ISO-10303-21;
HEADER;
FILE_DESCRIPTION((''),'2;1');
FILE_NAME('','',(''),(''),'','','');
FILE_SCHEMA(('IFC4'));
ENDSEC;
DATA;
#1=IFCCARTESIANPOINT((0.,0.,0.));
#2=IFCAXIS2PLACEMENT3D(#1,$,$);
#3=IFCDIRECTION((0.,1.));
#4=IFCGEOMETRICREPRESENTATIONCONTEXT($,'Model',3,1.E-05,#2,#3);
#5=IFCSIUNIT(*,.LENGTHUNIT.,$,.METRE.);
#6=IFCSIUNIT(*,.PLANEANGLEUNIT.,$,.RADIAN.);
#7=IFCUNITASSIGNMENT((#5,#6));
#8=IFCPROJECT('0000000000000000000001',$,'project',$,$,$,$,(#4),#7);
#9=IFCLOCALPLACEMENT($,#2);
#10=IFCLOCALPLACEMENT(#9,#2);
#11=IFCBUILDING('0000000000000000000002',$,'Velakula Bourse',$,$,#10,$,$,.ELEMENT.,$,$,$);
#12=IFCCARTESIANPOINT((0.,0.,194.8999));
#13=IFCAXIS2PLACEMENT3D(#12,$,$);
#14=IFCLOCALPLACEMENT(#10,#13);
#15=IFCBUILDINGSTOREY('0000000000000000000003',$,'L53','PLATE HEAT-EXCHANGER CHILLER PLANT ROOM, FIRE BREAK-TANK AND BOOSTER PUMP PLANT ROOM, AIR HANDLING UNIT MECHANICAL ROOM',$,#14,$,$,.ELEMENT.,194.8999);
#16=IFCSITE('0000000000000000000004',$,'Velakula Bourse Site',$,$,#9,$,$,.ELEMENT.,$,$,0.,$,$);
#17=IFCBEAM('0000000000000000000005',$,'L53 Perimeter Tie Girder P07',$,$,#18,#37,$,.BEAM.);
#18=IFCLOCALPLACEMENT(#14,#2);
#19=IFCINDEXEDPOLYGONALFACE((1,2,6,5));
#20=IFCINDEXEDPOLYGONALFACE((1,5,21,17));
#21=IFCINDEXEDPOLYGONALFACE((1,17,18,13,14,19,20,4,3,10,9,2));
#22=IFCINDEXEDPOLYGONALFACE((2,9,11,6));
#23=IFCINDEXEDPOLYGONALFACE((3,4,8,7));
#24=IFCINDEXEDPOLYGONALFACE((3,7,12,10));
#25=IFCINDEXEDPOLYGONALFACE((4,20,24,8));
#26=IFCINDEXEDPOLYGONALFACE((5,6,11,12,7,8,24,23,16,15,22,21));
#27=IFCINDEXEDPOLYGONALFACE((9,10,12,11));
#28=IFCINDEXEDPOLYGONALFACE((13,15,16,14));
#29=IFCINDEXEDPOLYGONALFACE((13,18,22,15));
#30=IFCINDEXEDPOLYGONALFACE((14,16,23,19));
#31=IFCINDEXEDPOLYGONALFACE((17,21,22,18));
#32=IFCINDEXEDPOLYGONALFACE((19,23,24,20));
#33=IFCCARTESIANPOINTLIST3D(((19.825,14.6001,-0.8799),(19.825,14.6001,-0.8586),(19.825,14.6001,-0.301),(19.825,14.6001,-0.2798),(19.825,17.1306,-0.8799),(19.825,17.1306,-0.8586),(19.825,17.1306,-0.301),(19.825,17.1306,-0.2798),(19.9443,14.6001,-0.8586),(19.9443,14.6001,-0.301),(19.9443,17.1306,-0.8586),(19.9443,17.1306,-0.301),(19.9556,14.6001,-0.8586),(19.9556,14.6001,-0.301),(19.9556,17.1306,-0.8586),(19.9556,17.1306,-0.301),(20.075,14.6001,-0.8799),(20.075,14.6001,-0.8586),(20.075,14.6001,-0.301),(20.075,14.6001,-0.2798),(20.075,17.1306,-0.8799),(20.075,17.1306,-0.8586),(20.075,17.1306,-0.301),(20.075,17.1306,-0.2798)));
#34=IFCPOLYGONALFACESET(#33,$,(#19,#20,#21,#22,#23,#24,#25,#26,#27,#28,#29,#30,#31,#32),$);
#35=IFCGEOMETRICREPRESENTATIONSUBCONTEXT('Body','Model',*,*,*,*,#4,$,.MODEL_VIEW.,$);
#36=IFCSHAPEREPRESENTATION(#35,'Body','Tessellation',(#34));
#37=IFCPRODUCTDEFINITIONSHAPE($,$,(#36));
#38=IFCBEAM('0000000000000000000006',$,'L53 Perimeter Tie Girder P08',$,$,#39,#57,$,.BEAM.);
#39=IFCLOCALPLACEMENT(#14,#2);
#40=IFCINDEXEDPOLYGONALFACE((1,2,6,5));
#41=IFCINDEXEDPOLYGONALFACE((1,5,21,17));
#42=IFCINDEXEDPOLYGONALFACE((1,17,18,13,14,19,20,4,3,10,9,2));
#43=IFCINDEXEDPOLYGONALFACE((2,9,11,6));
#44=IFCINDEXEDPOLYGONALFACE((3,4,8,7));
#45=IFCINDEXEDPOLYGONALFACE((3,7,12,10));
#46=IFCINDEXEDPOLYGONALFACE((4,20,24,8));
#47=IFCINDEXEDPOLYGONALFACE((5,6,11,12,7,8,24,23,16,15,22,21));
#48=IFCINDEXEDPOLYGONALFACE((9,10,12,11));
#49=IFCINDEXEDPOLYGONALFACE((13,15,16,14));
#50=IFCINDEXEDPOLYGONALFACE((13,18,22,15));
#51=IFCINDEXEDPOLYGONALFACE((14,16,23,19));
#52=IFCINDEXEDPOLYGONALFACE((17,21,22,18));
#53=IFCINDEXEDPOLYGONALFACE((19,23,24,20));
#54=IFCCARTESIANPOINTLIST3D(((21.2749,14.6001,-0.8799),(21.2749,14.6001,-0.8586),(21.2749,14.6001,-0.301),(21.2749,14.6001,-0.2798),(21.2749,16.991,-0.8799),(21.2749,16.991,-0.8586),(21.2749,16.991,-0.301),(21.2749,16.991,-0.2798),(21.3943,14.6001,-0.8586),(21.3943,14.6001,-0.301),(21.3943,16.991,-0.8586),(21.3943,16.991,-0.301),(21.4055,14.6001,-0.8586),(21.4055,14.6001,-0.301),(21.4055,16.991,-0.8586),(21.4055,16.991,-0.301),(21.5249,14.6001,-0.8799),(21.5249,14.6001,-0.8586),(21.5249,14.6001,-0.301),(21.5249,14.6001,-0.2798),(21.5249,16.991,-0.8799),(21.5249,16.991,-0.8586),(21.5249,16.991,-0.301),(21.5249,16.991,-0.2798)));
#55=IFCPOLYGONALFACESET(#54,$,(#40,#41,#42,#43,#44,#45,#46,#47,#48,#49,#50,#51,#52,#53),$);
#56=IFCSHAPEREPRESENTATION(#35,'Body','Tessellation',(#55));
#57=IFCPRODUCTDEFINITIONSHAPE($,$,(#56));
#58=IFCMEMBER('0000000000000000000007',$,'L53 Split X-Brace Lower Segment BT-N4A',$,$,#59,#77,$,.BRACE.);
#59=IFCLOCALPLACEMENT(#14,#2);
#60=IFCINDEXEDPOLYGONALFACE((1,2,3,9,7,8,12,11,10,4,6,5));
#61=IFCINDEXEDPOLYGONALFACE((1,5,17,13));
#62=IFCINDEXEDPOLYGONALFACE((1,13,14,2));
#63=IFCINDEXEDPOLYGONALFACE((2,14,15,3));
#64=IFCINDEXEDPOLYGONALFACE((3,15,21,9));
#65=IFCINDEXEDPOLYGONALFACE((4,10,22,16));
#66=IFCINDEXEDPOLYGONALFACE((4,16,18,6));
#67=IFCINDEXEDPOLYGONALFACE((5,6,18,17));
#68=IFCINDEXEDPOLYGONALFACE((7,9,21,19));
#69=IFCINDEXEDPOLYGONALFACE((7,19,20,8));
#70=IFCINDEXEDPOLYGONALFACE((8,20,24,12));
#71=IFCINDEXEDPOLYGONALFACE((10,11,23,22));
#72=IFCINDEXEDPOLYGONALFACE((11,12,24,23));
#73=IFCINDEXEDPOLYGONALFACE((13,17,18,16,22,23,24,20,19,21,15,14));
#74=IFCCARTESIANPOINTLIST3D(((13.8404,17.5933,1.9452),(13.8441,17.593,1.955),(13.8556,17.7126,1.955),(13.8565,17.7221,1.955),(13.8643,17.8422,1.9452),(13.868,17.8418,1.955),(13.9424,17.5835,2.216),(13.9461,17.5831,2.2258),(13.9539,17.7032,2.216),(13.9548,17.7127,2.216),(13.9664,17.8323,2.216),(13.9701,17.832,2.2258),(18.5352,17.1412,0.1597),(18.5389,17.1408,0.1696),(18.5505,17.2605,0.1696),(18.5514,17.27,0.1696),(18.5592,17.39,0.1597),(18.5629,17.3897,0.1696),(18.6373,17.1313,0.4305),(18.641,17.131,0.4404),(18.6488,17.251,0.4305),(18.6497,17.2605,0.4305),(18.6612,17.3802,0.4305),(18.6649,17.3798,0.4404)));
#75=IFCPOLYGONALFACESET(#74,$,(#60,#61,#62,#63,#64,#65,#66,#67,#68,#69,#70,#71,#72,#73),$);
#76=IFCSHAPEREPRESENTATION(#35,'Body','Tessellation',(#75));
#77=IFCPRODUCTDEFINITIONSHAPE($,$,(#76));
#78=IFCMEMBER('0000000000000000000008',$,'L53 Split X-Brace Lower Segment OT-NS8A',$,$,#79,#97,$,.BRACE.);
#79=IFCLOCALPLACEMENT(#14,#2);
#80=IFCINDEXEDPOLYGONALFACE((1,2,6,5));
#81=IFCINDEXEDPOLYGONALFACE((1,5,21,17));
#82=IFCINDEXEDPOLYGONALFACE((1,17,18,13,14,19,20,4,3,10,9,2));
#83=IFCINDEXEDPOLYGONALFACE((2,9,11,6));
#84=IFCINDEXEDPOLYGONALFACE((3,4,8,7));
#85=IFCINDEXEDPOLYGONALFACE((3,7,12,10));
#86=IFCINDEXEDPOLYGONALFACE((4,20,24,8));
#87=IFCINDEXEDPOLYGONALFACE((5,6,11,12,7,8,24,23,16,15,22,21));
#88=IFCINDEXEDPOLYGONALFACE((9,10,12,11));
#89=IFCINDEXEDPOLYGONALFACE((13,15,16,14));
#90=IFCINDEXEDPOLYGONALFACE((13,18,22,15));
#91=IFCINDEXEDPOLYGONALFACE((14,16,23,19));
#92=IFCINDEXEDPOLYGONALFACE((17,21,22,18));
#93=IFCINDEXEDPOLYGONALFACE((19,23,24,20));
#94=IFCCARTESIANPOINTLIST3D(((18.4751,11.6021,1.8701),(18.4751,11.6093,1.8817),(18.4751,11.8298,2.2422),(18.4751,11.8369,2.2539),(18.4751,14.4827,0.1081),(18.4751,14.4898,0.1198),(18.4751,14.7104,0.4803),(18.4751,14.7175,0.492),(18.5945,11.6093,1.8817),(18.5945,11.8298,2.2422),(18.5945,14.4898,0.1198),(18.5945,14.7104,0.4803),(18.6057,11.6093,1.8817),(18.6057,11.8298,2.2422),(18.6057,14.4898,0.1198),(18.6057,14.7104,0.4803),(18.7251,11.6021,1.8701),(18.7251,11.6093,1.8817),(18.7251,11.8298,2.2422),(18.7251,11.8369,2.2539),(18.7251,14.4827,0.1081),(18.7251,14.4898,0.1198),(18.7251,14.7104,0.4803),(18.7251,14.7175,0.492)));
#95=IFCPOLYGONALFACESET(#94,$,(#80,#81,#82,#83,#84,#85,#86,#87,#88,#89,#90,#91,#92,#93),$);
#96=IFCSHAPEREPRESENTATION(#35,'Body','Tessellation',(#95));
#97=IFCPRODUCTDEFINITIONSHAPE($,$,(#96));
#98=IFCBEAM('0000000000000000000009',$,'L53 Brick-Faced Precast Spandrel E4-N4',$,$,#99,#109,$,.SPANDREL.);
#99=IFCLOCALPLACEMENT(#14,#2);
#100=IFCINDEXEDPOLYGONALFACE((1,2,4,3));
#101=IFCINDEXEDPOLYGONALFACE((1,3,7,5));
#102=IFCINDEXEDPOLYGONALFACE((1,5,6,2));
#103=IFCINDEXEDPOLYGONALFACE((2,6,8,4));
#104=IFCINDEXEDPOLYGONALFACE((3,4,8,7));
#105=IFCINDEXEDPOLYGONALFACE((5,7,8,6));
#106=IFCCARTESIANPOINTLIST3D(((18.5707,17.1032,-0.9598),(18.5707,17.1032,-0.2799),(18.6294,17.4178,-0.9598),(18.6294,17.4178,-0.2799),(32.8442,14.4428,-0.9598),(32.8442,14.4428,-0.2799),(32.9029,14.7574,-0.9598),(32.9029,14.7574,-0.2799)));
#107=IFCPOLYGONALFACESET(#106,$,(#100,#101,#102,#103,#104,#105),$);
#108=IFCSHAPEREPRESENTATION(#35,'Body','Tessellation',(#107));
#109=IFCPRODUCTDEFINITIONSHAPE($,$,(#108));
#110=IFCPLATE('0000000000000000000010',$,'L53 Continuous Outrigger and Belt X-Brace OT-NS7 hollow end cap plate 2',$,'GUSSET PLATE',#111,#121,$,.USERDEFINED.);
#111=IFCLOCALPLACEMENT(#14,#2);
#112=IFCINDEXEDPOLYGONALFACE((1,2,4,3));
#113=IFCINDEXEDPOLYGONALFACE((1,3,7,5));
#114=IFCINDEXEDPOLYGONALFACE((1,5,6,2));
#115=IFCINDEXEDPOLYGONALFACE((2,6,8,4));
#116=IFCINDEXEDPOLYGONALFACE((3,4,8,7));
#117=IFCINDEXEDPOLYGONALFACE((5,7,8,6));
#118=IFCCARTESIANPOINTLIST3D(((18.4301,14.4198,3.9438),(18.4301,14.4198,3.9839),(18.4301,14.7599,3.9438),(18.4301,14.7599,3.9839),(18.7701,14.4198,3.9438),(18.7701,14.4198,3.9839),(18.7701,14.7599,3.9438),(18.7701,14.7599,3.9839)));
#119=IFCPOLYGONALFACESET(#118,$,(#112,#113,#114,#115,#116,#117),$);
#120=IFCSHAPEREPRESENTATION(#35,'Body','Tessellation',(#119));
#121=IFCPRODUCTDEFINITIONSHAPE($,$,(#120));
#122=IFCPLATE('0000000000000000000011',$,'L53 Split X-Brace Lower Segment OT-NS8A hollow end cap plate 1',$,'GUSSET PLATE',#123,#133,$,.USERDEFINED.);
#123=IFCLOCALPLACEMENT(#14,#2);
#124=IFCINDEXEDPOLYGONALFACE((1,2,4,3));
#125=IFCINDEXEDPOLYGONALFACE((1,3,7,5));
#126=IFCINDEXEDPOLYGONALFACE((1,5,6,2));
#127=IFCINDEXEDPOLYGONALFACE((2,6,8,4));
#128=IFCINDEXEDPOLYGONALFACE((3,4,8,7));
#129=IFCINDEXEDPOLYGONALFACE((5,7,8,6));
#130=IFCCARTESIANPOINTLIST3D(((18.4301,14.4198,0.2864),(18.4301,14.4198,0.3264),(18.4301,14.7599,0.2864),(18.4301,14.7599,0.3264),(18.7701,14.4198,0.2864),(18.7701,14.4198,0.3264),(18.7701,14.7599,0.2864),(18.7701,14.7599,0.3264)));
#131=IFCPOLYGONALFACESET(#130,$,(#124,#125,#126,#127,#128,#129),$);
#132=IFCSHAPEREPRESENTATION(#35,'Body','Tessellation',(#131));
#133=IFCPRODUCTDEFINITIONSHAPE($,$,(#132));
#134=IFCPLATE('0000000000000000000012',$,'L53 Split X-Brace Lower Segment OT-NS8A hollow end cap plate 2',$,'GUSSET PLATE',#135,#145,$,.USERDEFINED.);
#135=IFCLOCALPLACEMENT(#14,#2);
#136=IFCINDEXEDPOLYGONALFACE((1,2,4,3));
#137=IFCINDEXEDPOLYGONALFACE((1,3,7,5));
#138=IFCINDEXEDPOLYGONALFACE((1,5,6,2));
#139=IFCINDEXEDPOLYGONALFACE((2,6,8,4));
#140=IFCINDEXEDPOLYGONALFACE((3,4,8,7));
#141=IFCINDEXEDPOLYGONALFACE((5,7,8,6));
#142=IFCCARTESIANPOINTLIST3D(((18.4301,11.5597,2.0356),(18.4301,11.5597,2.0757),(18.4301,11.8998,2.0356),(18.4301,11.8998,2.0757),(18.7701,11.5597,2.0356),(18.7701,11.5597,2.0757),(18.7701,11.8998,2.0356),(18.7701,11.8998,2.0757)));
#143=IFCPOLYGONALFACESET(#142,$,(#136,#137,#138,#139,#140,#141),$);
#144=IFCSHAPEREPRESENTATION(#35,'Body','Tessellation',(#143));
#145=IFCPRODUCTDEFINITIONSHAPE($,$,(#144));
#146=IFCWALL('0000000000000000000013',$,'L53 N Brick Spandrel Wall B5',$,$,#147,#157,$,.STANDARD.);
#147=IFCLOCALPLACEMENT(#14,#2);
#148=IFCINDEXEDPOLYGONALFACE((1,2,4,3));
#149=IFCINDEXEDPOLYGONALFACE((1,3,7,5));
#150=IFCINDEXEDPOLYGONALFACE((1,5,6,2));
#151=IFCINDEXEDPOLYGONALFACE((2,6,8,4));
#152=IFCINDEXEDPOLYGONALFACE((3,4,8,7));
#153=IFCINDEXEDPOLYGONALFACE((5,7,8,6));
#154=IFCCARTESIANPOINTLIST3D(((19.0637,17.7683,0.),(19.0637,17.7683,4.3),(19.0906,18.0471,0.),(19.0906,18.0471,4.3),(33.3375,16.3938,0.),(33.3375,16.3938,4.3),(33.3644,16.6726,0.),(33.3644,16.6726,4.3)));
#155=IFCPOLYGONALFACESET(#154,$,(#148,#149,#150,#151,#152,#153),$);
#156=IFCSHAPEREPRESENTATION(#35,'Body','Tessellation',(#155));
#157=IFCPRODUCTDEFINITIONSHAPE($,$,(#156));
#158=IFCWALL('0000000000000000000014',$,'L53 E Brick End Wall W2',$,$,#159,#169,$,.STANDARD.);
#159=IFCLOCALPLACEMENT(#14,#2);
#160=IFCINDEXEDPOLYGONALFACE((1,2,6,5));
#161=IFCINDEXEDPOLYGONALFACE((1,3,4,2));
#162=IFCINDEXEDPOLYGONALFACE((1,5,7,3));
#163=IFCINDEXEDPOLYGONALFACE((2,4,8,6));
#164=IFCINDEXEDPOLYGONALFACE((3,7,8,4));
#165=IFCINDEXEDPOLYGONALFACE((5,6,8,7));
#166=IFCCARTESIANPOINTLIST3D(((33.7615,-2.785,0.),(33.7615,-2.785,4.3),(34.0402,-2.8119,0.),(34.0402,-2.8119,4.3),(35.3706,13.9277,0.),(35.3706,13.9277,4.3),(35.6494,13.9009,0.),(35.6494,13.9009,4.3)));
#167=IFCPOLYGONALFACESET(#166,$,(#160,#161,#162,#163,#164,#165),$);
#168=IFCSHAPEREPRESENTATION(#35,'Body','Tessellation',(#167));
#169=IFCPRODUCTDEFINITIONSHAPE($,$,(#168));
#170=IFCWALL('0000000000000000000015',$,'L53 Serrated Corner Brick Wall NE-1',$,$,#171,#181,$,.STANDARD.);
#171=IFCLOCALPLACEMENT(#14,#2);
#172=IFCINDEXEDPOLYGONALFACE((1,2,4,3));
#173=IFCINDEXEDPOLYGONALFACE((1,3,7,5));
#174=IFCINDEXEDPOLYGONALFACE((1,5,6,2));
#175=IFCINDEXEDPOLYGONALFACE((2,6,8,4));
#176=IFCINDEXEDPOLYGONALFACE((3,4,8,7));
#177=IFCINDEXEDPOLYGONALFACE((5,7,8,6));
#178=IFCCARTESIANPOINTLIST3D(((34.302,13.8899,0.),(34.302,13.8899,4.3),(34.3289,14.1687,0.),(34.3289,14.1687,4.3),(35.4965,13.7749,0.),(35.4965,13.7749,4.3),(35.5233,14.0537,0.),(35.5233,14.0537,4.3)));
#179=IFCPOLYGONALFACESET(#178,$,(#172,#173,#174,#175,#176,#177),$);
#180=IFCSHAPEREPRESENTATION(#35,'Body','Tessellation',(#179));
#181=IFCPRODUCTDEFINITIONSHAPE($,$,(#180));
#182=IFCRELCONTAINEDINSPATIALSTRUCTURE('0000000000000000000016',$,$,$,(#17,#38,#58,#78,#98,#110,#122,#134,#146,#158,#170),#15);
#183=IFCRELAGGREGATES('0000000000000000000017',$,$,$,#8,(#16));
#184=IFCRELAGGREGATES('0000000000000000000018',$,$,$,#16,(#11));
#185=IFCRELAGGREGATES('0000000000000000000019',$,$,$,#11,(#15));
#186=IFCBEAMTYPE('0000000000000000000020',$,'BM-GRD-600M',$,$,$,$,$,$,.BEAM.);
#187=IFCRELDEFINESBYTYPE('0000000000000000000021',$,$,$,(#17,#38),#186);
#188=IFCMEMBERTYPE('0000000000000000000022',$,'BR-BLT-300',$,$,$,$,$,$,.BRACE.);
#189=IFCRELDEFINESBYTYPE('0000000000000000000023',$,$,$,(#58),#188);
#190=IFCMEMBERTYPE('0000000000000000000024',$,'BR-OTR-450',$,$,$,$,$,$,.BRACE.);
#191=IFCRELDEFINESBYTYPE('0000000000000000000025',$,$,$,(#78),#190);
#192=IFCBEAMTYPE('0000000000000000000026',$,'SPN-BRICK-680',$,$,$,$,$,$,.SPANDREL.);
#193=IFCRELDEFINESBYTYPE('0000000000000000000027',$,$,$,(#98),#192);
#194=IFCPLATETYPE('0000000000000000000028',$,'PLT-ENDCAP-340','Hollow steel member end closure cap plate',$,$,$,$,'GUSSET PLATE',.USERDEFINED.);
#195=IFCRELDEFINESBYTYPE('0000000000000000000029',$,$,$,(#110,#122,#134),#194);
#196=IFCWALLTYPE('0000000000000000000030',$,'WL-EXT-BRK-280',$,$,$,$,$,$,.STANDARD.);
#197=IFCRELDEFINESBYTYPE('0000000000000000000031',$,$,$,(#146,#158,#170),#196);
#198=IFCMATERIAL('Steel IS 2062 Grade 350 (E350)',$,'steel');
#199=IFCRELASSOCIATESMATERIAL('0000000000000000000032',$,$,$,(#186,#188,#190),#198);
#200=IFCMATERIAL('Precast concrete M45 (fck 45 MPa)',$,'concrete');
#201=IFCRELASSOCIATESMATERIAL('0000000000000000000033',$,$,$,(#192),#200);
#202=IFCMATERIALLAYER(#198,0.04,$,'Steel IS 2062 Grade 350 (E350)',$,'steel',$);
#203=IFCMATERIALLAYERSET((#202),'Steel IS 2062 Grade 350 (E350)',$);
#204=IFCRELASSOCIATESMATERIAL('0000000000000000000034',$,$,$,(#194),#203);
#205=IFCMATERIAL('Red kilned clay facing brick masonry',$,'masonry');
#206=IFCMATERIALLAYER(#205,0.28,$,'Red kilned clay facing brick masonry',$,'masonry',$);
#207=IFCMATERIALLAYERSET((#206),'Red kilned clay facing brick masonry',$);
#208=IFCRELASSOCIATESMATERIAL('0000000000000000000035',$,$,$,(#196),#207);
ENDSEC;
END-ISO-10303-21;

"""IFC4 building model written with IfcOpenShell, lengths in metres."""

from ifc_helpers import new_model, si_unit, direction, frame, frame_2d, origin, origin_2d, place, context, subcontext, project, spatial, rectangle, i_section, extrude, material, layer, layer_set, material_profile, profile_set, type_object, element, save


model = new_model("IFC4")

# Units and contexts
model_context = context("Model", 3, precision=1e-05, world=origin(), true_north=direction((0.0, 1.0)))
body_context = subcontext(model_context, "Body", "Model", "MODEL_VIEW")
ifc_project = project(units=[si_unit("LENGTHUNIT", "METRE"), si_unit("PLANEANGLEUNIT", "RADIAN")], contexts=[model_context])

# Site, building, storey
site_placement = place(None, origin())
site = spatial("IfcSite", under=ifc_project, at=site_placement, Name="Velakula Bourse Site", CompositionType="ELEMENT", RefElevation=0.0)
building_placement = place(site_placement, origin())
building = spatial("IfcBuilding", under=site, at=building_placement, Name="Velakula Bourse", CompositionType="ELEMENT")
storey_placement = place(building_placement, frame((0.0, 0.0, 194.8999)))
storey = spatial("IfcBuildingStorey", under=building, at=storey_placement, Name="L53", Description="PLATE HEAT-EXCHANGER CHILLER PLANT ROOM, FIRE BREAK-TANK AND BOOSTER PUMP PLANT ROOM, AIR HANDLING UNIT MECHANICAL ROOM", CompositionType="ELEMENT", Elevation=194.8999)

# Shared definitions
ifc_material_1 = material(Name="Steel IS 2062 Grade 350 (E350)", Category="steel")
ifc_material_2 = material(Name="Precast concrete M45 (fck 45 MPa)", Category="concrete")

# Beams
ifc_material_profile_1 = material_profile(ifc_material_1, i_section(OverallWidth=0.25, OverallDepth=0.6001, WebThickness=0.0112, FlangeThickness=0.0212, at=origin_2d()), Name="Steel IS 2062 Grade 350 (E350)")
ifc_profile_set_1 = profile_set([ifc_material_profile_1], Name="Steel IS 2062 Grade 350 (E350)")
beam_type_1 = type_object("IfcBeamType", Name="BM-GRD-600M", PredefinedType="BEAM", material=ifc_profile_set_1)
beam_1_placement = place(storey_placement, frame((19.95, 14.6001, -0.5798), z_axis=(0.0, 1.0, 0.0), x_axis=(-1.0, 0.0, 0.0)))
element("IfcBeam", 1, at=beam_1_placement, inside=storey, type_object=beam_type_1, Name="L53 Perimeter Tie Girder P07", PredefinedType="BEAM", context=body_context, shape_type="SweptSolid", body=[
    extrude(i_section(OverallWidth=0.25, OverallDepth=0.6001, WebThickness=0.0112, FlangeThickness=0.0212, at=origin_2d()), origin(), (0.0, 0.0, 1.0), 2.5305),
])
beam_2_placement = place(storey_placement, frame((21.3999, 14.6001, -0.5798), z_axis=(0.0, 1.0, 0.0), x_axis=(-1.0, 0.0, 0.0)))
element("IfcBeam", 2, at=beam_2_placement, inside=storey, type_object=beam_type_1, Name="L53 Perimeter Tie Girder P08", PredefinedType="BEAM", context=body_context, shape_type="SweptSolid", body=[
    extrude(i_section(OverallWidth=0.25, OverallDepth=0.6001, WebThickness=0.0112, FlangeThickness=0.0212, at=origin_2d()), origin(), (0.0, 0.0, 1.0), 2.3909),
])

# Members
ifc_material_profile_2 = material_profile(ifc_material_1, i_section(OverallWidth=0.25, OverallDepth=0.3, WebThickness=0.0095, FlangeThickness=0.0105, at=origin_2d()), Name="Steel IS 2062 Grade 350 (E350)")
ifc_profile_set_2 = profile_set([ifc_material_profile_2], Name="Steel IS 2062 Grade 350 (E350)")
member_type_1 = type_object("IfcMemberType", Name="BR-BLT-300", PredefinedType="BRACE", material=ifc_profile_set_2)
member_1_placement = place(storey_placement, frame((18.6001, 17.2605, 0.3), z_axis=(-0.930929, 0.089656, 0.354024), x_axis=(-0.095864, -0.995394, 0.0)))
element("IfcMember", 3, at=member_1_placement, inside=storey, type_object=member_type_1, Name="L53 Split X-Brace Lower Segment BT-N4A", PredefinedType="BRACE", context=body_context, shape_type="SweptSolid", body=[
    extrude(i_section(OverallWidth=0.25, OverallDepth=0.3, WebThickness=0.0095, FlangeThickness=0.0105, at=origin_2d()), origin(), (0.0, 0.0, 1.0), 5.0432),
])
ifc_material_profile_3 = material_profile(ifc_material_1, i_section(OverallWidth=0.25, OverallDepth=0.45, WebThickness=0.0112, FlangeThickness=0.0137, at=origin_2d()), Name="Steel IS 2062 Grade 350 (E350)")
ifc_profile_set_3 = profile_set([ifc_material_profile_3], Name="Steel IS 2062 Grade 350 (E350)")
member_type_2 = type_object("IfcMemberType", Name="BR-OTR-450", PredefinedType="BRACE", material=ifc_profile_set_3)
member_2_placement = place(storey_placement, frame((18.6001, 14.6001, 0.3), z_axis=(0.0, -0.853073, 0.521792), x_axis=(1.0, 0.0, 0.0)))
element("IfcMember", 4, at=member_2_placement, inside=storey, type_object=member_type_2, Name="L53 Split X-Brace Lower Segment OT-NS8A", PredefinedType="BRACE", context=body_context, shape_type="SweptSolid", body=[
    extrude(i_section(OverallWidth=0.25, OverallDepth=0.45, WebThickness=0.0112, FlangeThickness=0.0137, at=origin_2d()), origin(), (0.0, 0.0, 1.0), 3.3767),
])

# Beam
ifc_material_profile_4 = material_profile(ifc_material_2, rectangle(XDim=0.3201, YDim=0.6799, at=origin_2d()), Name="Precast concrete M45 (fck 45 MPa)")
ifc_profile_set_4 = profile_set([ifc_material_profile_4], Name="Precast concrete M45 (fck 45 MPa)")
beam_type_2 = type_object("IfcBeamType", Name="SPN-BRICK-680", PredefinedType="SPANDREL", material=ifc_profile_set_4)
beam_3_placement = place(storey_placement, frame((32.8735, 14.6001, -0.6199), z_axis=(-0.98307, 0.183233, 0.0), x_axis=(-0.183233, -0.98307, 0.0)))
element("IfcBeam", 5, at=beam_3_placement, inside=storey, type_object=beam_type_2, Name="L53 Brick-Faced Precast Spandrel E4-N4", PredefinedType="SPANDREL", context=body_context, shape_type="SweptSolid", body=[
    extrude(rectangle(XDim=0.3201, YDim=0.6799, at=origin_2d()), origin(), (0.0, 0.0, 1.0), 14.5193),
])

# Plates
ifc_layer_1 = layer(ifc_material_1, 0.04, Name="Steel IS 2062 Grade 350 (E350)", Category="steel")
ifc_layer_set_1 = layer_set([ifc_layer_1], Name="Steel IS 2062 Grade 350 (E350)")
plate_type = type_object("IfcPlateType", Name="PLT-ENDCAP-340", Description="Hollow steel member end closure cap plate", ElementType="GUSSET PLATE", PredefinedType="USERDEFINED", material=ifc_layer_set_1)
for number, where, z_axis, x_axis, name in (
    (6, (18.6001, 14.5898, 3.9438), (0.0, 0.0, 1.0), (0.0, 1.0, 0.0), "L53 Continuous Outrigger and Belt X-Brace OT-NS7 hollow end cap plate 2"),
    (7, (18.6001, 14.5898, 0.2864), (0.0, 0.0, 1.0), (0.0, -1.0, 0.0), "L53 Split X-Brace Lower Segment OT-NS8A hollow end cap plate 1"),
    (8, (18.6001, 11.7297, 2.0356), (0.0, 0.0, 1.0), (0.0, -1.0, 0.0), "L53 Split X-Brace Lower Segment OT-NS8A hollow end cap plate 2"),
):
    element("IfcPlate", number, at=place(storey_placement, frame(where, z_axis=z_axis, x_axis=x_axis)), inside=storey, type_object=plate_type, Name=name, ObjectType="GUSSET PLATE", PredefinedType="USERDEFINED", context=body_context, shape_type="SweptSolid", body=[
        extrude(rectangle(XDim=0.3401, YDim=0.3401, at=origin_2d()), origin(), (0.0, 0.0, 1.0), 0.04),
    ])

# Walls
ifc_material_3 = material(Name="Red kilned clay facing brick masonry", Category="masonry")
ifc_layer_2 = layer(ifc_material_3, 0.28, Name="Red kilned clay facing brick masonry", Category="masonry")
ifc_layer_set_2 = layer_set([ifc_layer_2], Name="Red kilned clay facing brick masonry")
wall_type = type_object("IfcWallType", Name="WL-EXT-BRK-280", PredefinedType="STANDARD", material=ifc_layer_set_2)
wall_1_placement = place(storey_placement, frame((19.0771, 17.9077, 0.0), z_axis=(0.0, 0.0, 1.0), x_axis=(0.995396, -0.095852, 0.0)))
element("IfcWall", 9, at=wall_1_placement, inside=storey, type_object=wall_type, Name="L53 N Brick Spandrel Wall B5", PredefinedType="STANDARD", context=body_context, shape_type="SweptSolid", body=[
    extrude(rectangle(XDim=14.3398, YDim=0.28, at=frame_2d((7.1699, 0.0))), origin(), (0.0, 0.0, 1.0), 4.3),
])
wall_2_placement = place(storey_placement, frame((35.51, 13.9143, 0.0), z_axis=(0.0, 0.0, 1.0), x_axis=(-0.095839, -0.995397, 0.0)))
element("IfcWall", 10, at=wall_2_placement, inside=storey, type_object=wall_type, Name="L53 E Brick End Wall W2", PredefinedType="STANDARD", context=body_context, shape_type="SweptSolid", body=[
    extrude(rectangle(XDim=16.79, YDim=0.28, at=frame_2d((8.395, 0.0))), origin(), (0.0, 0.0, 1.0), 4.3),
])
wall_3_placement = place(storey_placement, frame((35.51, 13.9143, 0.0), z_axis=(0.0, 0.0, 1.0), x_axis=(-0.995397, 0.095836, 0.0)))
element("IfcWall", 11, at=wall_3_placement, inside=storey, type_object=wall_type, Name="L53 Serrated Corner Brick Wall NE-1", PredefinedType="STANDARD", context=body_context, shape_type="SweptSolid", body=[
    extrude(rectangle(XDim=1.2, YDim=0.28, at=frame_2d((0.6001, 0.0))), origin(), (0.0, 0.0, 1.0), 4.3),
])

save(model, "model.ifc")
